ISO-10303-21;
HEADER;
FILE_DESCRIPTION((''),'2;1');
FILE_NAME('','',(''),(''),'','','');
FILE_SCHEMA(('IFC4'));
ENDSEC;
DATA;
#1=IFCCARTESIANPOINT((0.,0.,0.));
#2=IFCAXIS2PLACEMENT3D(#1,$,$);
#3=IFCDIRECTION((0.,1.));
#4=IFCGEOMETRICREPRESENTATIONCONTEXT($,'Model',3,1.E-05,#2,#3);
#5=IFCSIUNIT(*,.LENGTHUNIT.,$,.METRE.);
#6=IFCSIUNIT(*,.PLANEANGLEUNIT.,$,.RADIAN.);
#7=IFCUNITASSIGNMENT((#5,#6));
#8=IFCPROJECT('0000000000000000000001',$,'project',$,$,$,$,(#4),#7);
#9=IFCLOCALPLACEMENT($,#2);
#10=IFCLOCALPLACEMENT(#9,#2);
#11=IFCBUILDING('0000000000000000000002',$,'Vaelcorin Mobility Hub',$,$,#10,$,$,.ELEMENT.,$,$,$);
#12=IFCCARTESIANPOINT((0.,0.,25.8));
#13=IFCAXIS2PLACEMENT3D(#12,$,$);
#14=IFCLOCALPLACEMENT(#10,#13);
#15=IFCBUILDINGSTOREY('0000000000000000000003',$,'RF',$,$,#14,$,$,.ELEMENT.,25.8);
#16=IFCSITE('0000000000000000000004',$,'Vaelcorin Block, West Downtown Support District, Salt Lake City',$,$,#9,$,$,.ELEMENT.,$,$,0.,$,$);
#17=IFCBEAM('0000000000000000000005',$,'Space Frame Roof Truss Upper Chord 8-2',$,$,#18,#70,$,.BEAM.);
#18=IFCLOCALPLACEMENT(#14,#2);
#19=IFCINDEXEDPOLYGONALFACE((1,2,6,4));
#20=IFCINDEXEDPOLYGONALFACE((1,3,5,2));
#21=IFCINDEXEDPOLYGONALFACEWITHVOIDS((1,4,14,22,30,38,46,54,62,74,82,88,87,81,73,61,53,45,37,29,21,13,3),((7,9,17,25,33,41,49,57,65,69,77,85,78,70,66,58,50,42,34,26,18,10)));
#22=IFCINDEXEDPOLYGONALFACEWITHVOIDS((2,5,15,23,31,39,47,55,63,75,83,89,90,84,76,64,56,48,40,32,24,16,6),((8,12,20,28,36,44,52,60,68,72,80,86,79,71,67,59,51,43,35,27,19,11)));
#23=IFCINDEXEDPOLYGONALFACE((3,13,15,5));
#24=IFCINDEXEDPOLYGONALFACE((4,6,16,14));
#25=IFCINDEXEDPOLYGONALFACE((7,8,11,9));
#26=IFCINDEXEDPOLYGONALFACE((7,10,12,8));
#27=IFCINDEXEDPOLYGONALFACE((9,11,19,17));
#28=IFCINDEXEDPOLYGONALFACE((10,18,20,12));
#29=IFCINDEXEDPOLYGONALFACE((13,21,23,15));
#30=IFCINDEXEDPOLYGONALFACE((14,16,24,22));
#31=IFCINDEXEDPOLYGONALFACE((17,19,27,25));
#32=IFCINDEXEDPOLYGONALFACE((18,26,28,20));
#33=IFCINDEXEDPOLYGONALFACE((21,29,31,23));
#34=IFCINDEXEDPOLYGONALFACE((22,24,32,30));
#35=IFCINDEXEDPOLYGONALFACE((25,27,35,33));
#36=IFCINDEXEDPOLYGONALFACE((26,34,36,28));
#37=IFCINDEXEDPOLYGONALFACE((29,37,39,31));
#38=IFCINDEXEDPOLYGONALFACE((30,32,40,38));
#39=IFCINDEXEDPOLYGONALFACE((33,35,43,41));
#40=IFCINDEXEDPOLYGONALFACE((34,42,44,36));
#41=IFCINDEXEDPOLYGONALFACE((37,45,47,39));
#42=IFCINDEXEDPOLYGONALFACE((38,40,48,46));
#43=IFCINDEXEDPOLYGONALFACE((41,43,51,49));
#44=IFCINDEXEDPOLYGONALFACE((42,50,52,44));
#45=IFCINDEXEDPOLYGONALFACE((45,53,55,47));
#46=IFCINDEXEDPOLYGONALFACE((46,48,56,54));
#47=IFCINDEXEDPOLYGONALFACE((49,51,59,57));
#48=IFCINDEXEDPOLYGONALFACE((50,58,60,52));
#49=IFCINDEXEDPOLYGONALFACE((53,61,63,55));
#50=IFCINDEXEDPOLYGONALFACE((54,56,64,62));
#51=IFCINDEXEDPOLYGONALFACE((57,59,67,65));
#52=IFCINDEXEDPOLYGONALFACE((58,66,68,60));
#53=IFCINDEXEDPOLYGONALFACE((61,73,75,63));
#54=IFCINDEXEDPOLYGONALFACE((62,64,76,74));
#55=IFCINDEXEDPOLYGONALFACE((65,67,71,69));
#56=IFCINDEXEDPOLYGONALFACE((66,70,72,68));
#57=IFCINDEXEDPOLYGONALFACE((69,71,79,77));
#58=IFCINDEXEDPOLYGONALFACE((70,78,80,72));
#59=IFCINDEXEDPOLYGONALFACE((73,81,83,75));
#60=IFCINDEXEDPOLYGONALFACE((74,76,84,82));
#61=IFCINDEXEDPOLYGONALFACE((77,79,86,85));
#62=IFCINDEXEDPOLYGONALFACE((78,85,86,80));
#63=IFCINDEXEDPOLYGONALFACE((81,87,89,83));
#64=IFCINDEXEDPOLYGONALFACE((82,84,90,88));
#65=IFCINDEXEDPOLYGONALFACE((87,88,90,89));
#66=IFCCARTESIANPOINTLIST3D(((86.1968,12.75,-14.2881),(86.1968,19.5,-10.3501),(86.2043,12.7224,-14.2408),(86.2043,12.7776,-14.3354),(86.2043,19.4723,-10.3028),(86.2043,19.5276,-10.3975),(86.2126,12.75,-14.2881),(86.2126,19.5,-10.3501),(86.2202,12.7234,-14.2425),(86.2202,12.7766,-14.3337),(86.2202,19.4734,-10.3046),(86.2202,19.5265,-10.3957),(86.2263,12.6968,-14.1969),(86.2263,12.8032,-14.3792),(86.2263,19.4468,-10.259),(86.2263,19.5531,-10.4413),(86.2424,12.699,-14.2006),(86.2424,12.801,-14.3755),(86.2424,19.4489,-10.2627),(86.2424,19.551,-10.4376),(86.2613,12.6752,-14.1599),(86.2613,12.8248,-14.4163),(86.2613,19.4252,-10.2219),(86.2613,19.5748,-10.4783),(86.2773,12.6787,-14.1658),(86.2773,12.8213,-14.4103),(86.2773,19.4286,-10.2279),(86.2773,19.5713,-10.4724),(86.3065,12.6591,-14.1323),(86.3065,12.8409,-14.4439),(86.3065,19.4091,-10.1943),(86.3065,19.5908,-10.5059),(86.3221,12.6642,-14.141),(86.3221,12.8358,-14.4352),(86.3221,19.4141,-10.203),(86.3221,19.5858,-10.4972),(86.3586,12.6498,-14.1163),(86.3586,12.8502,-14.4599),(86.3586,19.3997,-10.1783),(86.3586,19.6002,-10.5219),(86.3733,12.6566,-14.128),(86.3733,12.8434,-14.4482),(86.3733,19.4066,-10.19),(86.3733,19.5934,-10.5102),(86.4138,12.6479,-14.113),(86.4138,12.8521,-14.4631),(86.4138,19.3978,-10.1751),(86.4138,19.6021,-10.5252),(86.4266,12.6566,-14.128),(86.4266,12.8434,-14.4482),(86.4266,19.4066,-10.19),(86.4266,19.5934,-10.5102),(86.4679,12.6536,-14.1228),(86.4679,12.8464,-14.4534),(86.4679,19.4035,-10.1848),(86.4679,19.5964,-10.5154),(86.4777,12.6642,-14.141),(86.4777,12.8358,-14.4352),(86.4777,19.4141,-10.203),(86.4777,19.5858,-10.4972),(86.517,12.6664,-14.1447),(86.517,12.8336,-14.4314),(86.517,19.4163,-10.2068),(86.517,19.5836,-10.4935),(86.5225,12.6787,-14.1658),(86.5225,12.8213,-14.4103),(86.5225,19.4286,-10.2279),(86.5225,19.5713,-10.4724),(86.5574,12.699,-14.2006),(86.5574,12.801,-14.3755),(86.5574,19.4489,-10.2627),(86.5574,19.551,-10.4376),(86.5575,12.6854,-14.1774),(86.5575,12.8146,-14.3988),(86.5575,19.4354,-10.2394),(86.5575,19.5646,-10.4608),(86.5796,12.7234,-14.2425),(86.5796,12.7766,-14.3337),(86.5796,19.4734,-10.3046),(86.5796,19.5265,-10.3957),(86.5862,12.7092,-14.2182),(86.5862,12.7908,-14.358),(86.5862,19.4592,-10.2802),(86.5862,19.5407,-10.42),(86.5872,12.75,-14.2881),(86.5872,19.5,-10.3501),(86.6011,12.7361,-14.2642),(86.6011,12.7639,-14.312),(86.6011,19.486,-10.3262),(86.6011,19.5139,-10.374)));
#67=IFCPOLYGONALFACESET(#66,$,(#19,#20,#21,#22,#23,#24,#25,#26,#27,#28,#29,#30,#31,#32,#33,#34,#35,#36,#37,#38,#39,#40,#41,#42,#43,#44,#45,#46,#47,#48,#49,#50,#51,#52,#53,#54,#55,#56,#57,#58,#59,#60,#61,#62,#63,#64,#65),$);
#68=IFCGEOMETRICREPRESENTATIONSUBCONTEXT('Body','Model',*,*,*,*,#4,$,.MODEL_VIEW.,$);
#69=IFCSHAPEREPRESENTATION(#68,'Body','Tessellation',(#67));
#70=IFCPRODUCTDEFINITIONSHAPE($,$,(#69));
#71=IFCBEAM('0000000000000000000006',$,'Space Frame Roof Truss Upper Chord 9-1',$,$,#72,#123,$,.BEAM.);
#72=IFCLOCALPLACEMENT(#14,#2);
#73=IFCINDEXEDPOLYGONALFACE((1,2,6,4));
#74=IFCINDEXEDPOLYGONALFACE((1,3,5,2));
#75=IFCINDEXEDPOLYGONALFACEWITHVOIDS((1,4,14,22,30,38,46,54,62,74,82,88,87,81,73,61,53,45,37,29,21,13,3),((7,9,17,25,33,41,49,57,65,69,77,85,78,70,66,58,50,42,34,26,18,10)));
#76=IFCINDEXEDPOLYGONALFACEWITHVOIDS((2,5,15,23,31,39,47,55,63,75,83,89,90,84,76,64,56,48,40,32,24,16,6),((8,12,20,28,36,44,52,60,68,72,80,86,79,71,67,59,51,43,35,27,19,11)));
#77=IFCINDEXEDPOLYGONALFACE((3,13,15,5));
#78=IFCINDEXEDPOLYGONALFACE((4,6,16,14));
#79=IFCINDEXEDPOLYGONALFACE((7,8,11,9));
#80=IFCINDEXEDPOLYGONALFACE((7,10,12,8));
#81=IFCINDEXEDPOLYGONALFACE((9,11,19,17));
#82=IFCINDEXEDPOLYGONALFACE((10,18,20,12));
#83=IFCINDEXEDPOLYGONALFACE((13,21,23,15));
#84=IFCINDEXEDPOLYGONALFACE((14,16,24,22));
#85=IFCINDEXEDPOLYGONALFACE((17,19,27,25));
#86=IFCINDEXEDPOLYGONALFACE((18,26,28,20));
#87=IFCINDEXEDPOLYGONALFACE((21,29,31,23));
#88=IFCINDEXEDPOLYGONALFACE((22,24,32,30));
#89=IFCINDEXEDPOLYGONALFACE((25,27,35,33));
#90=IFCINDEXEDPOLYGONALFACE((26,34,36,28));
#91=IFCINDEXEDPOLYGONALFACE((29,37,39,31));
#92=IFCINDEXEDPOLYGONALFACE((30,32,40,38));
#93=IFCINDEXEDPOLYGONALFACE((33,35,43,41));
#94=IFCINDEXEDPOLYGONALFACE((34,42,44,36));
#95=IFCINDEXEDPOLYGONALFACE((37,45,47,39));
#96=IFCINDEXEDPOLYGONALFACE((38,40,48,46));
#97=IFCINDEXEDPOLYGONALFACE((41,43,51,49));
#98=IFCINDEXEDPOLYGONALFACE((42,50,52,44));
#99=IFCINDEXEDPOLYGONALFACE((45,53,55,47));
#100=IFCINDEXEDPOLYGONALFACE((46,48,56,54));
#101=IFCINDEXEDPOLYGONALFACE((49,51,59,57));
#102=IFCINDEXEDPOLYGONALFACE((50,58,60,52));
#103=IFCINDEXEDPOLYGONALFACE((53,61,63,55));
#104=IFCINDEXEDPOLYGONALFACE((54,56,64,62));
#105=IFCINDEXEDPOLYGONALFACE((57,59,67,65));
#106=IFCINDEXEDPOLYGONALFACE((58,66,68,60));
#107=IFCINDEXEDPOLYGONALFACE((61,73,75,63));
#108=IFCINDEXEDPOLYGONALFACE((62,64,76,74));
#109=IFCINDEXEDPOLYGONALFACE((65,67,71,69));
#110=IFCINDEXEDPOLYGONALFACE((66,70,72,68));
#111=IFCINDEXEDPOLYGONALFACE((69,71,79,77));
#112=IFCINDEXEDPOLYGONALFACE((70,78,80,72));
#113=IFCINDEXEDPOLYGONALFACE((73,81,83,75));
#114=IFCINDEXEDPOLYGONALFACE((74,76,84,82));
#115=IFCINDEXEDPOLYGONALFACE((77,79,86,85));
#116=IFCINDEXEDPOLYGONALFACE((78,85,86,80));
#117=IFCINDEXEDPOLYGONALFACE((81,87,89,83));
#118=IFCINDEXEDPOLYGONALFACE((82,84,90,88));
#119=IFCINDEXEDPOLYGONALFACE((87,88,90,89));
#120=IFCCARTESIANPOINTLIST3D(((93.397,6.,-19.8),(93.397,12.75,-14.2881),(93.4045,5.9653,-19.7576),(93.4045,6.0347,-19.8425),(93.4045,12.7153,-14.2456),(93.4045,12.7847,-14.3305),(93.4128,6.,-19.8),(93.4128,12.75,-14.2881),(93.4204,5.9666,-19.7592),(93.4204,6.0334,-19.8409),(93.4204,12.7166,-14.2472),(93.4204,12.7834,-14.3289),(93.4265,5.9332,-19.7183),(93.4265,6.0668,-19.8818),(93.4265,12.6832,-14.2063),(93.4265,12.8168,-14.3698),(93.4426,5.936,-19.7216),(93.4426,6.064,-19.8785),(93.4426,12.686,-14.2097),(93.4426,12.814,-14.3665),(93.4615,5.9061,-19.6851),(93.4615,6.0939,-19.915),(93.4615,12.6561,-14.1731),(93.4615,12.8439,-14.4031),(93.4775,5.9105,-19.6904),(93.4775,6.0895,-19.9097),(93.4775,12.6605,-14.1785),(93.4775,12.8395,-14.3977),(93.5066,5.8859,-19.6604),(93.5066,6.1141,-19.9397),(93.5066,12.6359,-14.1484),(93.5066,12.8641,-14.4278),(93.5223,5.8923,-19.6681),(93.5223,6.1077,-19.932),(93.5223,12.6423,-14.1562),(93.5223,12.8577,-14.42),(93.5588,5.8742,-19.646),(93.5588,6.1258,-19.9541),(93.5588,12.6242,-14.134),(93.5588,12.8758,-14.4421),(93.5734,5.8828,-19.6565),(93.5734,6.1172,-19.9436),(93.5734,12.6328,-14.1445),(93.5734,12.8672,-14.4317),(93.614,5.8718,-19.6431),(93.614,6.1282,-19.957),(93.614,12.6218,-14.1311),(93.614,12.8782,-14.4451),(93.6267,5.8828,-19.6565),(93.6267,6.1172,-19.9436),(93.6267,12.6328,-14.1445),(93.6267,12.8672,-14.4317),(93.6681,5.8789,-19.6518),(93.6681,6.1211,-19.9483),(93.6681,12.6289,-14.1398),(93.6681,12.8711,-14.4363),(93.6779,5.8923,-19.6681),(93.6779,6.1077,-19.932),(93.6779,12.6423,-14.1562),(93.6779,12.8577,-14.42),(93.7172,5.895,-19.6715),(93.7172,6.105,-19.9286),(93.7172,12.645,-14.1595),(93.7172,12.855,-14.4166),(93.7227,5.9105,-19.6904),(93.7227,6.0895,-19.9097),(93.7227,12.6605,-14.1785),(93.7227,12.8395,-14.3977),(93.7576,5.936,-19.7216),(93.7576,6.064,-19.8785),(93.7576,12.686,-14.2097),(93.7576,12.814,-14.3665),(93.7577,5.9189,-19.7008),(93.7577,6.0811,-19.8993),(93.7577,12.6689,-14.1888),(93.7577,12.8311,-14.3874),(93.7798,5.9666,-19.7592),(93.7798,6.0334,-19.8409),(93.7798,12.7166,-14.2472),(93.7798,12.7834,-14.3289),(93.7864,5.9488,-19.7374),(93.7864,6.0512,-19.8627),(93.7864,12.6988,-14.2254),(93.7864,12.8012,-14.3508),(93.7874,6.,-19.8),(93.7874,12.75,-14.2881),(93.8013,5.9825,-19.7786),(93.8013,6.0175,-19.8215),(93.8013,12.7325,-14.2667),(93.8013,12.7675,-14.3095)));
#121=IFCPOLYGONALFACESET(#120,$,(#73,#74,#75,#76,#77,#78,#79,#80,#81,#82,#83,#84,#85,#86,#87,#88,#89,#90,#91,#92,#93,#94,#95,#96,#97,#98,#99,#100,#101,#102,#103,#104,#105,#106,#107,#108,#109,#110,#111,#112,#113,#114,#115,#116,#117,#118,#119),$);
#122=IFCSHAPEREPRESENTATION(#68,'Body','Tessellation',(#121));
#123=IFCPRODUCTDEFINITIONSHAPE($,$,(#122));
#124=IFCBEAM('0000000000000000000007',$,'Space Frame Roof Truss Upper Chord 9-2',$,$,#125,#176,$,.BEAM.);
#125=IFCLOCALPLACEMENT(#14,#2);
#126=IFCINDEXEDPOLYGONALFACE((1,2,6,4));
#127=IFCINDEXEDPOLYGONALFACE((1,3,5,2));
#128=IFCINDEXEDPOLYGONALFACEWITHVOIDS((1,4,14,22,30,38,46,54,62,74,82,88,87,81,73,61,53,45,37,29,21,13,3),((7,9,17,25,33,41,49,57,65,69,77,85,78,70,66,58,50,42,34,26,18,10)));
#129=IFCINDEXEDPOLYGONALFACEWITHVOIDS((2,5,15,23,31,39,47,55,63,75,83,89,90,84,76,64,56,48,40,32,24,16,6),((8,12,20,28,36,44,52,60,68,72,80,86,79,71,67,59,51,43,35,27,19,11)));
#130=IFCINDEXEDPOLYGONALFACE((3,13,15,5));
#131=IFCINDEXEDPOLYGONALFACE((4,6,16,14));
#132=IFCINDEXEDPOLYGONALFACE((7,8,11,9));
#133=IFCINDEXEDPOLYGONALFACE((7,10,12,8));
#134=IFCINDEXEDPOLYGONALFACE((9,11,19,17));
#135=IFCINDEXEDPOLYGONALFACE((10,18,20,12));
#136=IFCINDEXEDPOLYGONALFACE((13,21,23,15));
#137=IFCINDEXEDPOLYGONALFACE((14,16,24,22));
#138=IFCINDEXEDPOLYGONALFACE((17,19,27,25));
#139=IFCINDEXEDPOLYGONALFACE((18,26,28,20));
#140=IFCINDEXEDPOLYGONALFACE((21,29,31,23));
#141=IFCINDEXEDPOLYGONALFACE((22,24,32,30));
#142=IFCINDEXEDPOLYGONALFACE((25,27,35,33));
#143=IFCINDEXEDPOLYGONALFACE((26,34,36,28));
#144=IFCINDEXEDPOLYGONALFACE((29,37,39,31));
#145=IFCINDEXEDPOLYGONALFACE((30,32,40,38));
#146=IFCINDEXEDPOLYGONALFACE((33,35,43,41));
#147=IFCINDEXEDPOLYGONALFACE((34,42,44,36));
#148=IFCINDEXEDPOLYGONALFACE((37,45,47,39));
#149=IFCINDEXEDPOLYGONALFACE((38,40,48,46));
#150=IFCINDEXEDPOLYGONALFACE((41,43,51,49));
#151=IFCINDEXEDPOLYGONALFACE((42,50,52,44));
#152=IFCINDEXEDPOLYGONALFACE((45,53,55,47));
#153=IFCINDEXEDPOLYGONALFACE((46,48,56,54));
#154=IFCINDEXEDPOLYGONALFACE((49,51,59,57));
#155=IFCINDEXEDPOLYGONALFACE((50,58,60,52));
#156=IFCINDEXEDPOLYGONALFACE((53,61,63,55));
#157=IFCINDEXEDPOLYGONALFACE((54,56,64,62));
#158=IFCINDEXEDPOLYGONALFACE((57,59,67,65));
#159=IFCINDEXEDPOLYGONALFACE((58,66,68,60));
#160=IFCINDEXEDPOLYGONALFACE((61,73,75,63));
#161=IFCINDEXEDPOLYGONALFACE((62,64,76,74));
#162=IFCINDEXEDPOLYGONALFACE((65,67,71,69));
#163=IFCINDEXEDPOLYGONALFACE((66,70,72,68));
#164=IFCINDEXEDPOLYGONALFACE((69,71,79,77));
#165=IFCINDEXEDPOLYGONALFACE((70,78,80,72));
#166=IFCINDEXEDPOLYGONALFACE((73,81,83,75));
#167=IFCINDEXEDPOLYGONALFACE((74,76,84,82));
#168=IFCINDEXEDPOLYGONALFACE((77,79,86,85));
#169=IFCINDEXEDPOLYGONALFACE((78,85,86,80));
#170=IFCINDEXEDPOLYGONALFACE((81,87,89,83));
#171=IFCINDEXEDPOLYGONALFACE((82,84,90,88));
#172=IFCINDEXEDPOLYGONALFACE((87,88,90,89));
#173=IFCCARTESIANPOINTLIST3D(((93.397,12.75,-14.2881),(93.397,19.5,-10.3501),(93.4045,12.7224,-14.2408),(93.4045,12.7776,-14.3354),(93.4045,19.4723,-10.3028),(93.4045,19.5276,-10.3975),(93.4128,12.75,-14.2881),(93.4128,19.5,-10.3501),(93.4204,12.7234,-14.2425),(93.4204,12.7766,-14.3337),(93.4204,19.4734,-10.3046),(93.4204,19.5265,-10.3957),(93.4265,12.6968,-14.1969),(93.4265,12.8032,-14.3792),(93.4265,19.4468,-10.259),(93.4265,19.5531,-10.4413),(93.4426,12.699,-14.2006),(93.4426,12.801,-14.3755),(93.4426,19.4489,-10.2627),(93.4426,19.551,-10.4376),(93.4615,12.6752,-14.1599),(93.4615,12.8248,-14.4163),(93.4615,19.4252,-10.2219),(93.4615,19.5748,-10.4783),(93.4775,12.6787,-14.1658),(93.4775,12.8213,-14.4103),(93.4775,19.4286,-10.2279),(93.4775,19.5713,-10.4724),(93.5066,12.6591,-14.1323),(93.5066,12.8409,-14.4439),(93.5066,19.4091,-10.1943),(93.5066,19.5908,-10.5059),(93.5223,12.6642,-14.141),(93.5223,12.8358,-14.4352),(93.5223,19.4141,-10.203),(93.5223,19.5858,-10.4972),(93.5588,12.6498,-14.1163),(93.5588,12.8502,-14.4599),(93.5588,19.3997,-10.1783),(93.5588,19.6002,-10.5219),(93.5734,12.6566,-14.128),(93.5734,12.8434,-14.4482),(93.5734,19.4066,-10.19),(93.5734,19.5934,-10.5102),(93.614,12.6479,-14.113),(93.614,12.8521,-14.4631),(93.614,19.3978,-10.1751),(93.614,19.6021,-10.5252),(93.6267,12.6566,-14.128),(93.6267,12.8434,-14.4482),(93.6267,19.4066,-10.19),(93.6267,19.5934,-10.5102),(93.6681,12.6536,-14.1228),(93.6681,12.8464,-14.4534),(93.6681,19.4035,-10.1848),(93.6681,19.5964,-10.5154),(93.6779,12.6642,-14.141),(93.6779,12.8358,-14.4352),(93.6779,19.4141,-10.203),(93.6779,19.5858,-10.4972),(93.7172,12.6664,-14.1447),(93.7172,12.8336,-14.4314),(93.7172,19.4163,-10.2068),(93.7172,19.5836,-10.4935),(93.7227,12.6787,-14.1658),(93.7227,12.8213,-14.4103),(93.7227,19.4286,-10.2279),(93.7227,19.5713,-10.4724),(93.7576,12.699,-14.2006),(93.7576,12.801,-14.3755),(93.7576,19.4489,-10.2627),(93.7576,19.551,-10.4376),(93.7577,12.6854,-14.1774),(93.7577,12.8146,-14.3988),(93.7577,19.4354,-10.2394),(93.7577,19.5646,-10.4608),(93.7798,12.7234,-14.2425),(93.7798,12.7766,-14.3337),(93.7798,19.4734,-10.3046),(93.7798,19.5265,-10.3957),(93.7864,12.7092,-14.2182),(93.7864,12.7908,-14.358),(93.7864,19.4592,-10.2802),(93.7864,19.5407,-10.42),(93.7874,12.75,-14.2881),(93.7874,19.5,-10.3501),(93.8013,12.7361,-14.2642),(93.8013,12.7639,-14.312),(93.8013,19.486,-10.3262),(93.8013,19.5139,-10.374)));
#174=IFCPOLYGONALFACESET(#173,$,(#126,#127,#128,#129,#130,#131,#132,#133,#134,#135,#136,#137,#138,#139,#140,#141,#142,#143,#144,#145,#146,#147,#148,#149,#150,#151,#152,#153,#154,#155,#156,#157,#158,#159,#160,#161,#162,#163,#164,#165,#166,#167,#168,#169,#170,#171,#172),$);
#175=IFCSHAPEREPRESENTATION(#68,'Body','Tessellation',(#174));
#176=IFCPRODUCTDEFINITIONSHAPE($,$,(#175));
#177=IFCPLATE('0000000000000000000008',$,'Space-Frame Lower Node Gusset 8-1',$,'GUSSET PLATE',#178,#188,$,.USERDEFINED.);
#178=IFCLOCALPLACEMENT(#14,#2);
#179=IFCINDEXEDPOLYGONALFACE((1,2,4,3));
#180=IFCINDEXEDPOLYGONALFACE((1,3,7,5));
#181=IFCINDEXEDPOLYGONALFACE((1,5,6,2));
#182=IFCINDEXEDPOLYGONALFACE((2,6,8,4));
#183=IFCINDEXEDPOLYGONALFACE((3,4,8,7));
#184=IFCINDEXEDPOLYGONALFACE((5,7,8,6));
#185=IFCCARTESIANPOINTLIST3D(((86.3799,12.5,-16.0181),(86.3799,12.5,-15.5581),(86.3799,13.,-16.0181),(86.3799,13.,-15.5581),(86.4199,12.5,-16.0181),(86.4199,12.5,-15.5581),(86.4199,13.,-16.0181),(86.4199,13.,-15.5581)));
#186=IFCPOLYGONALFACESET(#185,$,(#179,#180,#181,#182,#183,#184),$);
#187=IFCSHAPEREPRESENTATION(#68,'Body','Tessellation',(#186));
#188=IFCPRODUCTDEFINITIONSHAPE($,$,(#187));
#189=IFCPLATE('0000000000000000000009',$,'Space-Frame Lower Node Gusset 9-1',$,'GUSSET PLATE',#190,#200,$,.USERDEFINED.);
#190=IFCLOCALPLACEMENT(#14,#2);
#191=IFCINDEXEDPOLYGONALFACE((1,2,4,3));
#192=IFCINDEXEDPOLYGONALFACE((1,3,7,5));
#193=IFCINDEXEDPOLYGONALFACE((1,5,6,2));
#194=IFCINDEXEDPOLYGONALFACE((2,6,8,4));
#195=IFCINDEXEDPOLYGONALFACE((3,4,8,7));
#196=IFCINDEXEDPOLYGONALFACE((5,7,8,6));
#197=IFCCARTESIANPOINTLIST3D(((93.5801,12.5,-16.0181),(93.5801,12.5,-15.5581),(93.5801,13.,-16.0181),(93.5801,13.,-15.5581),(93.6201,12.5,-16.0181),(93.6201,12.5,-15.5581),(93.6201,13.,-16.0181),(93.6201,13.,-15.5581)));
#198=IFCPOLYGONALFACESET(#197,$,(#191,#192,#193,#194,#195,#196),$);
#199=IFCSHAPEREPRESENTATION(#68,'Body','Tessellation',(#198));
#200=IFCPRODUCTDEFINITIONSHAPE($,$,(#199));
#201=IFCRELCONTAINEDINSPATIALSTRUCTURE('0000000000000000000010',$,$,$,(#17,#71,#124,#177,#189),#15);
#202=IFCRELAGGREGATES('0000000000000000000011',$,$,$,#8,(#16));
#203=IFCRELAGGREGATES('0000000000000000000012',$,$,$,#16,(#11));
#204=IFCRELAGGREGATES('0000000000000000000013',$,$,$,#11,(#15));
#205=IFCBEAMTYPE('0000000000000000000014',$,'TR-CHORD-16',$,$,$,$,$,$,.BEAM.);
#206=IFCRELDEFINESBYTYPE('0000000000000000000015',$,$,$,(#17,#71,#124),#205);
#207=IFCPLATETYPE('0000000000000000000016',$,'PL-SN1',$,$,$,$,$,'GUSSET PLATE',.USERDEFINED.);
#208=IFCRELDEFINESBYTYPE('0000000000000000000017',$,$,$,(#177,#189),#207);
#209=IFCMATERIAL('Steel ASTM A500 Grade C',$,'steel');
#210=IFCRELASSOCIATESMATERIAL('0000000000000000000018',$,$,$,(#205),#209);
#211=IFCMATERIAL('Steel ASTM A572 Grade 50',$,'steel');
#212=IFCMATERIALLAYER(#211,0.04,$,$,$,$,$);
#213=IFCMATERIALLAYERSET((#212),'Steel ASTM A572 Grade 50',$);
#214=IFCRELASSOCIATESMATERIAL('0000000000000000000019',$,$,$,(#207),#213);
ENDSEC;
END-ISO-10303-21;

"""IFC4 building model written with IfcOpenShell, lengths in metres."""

from ifc_helpers import new_model, si_unit, direction, frame, origin, origin_2d, place, context, subcontext, project, spatial, rectangle, hollow_circle, extrude, material, layer, layer_set, material_profile, profile_set, type_object, element, save


model = new_model("IFC4")

# Units and contexts
model_context = context("Model", 3, precision=1e-05, world=origin(), true_north=direction((0.0, 1.0)))
body_context = subcontext(model_context, "Body", "Model", "MODEL_VIEW")
ifc_project = project(units=[si_unit("LENGTHUNIT", "METRE"), si_unit("PLANEANGLEUNIT", "RADIAN")], contexts=[model_context])

# Site, building, storey
site_placement = place(None, origin())
site = spatial("IfcSite", under=ifc_project, at=site_placement, Name="Vaelcorin Block, West Downtown Support District, Salt Lake City", CompositionType="ELEMENT", RefElevation=0.0)
building_placement = place(site_placement, origin())
building = spatial("IfcBuilding", under=site, at=building_placement, Name="Vaelcorin Mobility Hub", CompositionType="ELEMENT")
storey_placement = place(building_placement, frame((0.0, 0.0, 25.8)))
storey = spatial("IfcBuildingStorey", under=building, at=storey_placement, Name="RF", CompositionType="ELEMENT", Elevation=25.8)

# Shared definitions
ifc_material_1 = material(Name="Steel ASTM A500 Grade C", Category="steel")

# Beams
ifc_material_profile_1 = material_profile(ifc_material_1, hollow_circle(Radius=0.2031, WallThickness=0.0159, at=origin_2d()), Name="HSS16.000X0.625")
ifc_profile_set_1 = profile_set([ifc_material_profile_1], Name="Steel ASTM A500 Grade C")
beam_type = type_object("IfcBeamType", Name="TR-CHORD-16", PredefinedType="BEAM", material=ifc_profile_set_1)
beam_1_placement = place(storey_placement, frame((86.3999, 12.75, -14.2881), z_axis=(0.0, 0.863752, 0.503918), x_axis=(-1.0, 0.0, 0.0)))
element("IfcBeam", 1, at=beam_1_placement, inside=storey, type_object=beam_type, Name="Space Frame Roof Truss Upper Chord 8-2", PredefinedType="BEAM", context=body_context, shape_type="SweptSolid", body=[
    extrude(hollow_circle(Radius=0.2031, WallThickness=0.0159, at=origin_2d()), origin(), (0.0, 0.0, 1.0), 7.8147),
])
beam_2_placement = place(storey_placement, frame((93.6001, 6.0, -19.8), z_axis=(0.0, 0.774562, 0.632498), x_axis=(-1.0, 0.0, 0.0)))
element("IfcBeam", 2, at=beam_2_placement, inside=storey, type_object=beam_type, Name="Space Frame Roof Truss Upper Chord 9-1", PredefinedType="BEAM", context=body_context, shape_type="SweptSolid", body=[
    extrude(hollow_circle(Radius=0.2031, WallThickness=0.0159, at=origin_2d()), origin(), (0.0, 0.0, 1.0), 8.7146),
])
beam_3_placement = place(storey_placement, frame((93.6001, 12.75, -14.2881), z_axis=(0.0, 0.863752, 0.503918), x_axis=(-1.0, 0.0, 0.0)))
element("IfcBeam", 3, at=beam_3_placement, inside=storey, type_object=beam_type, Name="Space Frame Roof Truss Upper Chord 9-2", PredefinedType="BEAM", context=body_context, shape_type="SweptSolid", body=[
    extrude(hollow_circle(Radius=0.2031, WallThickness=0.0159, at=origin_2d()), origin(), (0.0, 0.0, 1.0), 7.8147),
])

# Plates
ifc_material_2 = material(Name="Steel ASTM A572 Grade 50", Category="steel")
ifc_layer_1 = layer(ifc_material_2, 0.04)
ifc_layer_set_1 = layer_set([ifc_layer_1], Name="Steel ASTM A572 Grade 50")
plate_type_1 = type_object("IfcPlateType", Name="PL-SN1", ElementType="GUSSET PLATE", PredefinedType="USERDEFINED", material=ifc_layer_set_1)
for number, where, z_axis, x_axis, name in (
    (4, (86.3999, 12.75, -16.0181), (0.0, 0.0, 1.0), (1.0, 0.0, 0.0), "Space-Frame Lower Node Gusset 8-1"),
    (5, (93.6001, 12.75, -16.0181), (0.0, 0.0, 1.0), (1.0, 0.0, 0.0), "Space-Frame Lower Node Gusset 9-1"),
):
    element("IfcPlate", number, at=place(storey_placement, frame(where, z_axis=z_axis, x_axis=x_axis)), inside=storey, type_object=plate_type_1, Name=name, ObjectType="GUSSET PLATE", PredefinedType="USERDEFINED", context=body_context, shape_type="SweptSolid", body=[
        extrude(rectangle(XDim=0.04, YDim=0.5, at=origin_2d()), origin(), (0.0, 0.0, 1.0), 0.46),
    ])

save(model, "model.ifc")
